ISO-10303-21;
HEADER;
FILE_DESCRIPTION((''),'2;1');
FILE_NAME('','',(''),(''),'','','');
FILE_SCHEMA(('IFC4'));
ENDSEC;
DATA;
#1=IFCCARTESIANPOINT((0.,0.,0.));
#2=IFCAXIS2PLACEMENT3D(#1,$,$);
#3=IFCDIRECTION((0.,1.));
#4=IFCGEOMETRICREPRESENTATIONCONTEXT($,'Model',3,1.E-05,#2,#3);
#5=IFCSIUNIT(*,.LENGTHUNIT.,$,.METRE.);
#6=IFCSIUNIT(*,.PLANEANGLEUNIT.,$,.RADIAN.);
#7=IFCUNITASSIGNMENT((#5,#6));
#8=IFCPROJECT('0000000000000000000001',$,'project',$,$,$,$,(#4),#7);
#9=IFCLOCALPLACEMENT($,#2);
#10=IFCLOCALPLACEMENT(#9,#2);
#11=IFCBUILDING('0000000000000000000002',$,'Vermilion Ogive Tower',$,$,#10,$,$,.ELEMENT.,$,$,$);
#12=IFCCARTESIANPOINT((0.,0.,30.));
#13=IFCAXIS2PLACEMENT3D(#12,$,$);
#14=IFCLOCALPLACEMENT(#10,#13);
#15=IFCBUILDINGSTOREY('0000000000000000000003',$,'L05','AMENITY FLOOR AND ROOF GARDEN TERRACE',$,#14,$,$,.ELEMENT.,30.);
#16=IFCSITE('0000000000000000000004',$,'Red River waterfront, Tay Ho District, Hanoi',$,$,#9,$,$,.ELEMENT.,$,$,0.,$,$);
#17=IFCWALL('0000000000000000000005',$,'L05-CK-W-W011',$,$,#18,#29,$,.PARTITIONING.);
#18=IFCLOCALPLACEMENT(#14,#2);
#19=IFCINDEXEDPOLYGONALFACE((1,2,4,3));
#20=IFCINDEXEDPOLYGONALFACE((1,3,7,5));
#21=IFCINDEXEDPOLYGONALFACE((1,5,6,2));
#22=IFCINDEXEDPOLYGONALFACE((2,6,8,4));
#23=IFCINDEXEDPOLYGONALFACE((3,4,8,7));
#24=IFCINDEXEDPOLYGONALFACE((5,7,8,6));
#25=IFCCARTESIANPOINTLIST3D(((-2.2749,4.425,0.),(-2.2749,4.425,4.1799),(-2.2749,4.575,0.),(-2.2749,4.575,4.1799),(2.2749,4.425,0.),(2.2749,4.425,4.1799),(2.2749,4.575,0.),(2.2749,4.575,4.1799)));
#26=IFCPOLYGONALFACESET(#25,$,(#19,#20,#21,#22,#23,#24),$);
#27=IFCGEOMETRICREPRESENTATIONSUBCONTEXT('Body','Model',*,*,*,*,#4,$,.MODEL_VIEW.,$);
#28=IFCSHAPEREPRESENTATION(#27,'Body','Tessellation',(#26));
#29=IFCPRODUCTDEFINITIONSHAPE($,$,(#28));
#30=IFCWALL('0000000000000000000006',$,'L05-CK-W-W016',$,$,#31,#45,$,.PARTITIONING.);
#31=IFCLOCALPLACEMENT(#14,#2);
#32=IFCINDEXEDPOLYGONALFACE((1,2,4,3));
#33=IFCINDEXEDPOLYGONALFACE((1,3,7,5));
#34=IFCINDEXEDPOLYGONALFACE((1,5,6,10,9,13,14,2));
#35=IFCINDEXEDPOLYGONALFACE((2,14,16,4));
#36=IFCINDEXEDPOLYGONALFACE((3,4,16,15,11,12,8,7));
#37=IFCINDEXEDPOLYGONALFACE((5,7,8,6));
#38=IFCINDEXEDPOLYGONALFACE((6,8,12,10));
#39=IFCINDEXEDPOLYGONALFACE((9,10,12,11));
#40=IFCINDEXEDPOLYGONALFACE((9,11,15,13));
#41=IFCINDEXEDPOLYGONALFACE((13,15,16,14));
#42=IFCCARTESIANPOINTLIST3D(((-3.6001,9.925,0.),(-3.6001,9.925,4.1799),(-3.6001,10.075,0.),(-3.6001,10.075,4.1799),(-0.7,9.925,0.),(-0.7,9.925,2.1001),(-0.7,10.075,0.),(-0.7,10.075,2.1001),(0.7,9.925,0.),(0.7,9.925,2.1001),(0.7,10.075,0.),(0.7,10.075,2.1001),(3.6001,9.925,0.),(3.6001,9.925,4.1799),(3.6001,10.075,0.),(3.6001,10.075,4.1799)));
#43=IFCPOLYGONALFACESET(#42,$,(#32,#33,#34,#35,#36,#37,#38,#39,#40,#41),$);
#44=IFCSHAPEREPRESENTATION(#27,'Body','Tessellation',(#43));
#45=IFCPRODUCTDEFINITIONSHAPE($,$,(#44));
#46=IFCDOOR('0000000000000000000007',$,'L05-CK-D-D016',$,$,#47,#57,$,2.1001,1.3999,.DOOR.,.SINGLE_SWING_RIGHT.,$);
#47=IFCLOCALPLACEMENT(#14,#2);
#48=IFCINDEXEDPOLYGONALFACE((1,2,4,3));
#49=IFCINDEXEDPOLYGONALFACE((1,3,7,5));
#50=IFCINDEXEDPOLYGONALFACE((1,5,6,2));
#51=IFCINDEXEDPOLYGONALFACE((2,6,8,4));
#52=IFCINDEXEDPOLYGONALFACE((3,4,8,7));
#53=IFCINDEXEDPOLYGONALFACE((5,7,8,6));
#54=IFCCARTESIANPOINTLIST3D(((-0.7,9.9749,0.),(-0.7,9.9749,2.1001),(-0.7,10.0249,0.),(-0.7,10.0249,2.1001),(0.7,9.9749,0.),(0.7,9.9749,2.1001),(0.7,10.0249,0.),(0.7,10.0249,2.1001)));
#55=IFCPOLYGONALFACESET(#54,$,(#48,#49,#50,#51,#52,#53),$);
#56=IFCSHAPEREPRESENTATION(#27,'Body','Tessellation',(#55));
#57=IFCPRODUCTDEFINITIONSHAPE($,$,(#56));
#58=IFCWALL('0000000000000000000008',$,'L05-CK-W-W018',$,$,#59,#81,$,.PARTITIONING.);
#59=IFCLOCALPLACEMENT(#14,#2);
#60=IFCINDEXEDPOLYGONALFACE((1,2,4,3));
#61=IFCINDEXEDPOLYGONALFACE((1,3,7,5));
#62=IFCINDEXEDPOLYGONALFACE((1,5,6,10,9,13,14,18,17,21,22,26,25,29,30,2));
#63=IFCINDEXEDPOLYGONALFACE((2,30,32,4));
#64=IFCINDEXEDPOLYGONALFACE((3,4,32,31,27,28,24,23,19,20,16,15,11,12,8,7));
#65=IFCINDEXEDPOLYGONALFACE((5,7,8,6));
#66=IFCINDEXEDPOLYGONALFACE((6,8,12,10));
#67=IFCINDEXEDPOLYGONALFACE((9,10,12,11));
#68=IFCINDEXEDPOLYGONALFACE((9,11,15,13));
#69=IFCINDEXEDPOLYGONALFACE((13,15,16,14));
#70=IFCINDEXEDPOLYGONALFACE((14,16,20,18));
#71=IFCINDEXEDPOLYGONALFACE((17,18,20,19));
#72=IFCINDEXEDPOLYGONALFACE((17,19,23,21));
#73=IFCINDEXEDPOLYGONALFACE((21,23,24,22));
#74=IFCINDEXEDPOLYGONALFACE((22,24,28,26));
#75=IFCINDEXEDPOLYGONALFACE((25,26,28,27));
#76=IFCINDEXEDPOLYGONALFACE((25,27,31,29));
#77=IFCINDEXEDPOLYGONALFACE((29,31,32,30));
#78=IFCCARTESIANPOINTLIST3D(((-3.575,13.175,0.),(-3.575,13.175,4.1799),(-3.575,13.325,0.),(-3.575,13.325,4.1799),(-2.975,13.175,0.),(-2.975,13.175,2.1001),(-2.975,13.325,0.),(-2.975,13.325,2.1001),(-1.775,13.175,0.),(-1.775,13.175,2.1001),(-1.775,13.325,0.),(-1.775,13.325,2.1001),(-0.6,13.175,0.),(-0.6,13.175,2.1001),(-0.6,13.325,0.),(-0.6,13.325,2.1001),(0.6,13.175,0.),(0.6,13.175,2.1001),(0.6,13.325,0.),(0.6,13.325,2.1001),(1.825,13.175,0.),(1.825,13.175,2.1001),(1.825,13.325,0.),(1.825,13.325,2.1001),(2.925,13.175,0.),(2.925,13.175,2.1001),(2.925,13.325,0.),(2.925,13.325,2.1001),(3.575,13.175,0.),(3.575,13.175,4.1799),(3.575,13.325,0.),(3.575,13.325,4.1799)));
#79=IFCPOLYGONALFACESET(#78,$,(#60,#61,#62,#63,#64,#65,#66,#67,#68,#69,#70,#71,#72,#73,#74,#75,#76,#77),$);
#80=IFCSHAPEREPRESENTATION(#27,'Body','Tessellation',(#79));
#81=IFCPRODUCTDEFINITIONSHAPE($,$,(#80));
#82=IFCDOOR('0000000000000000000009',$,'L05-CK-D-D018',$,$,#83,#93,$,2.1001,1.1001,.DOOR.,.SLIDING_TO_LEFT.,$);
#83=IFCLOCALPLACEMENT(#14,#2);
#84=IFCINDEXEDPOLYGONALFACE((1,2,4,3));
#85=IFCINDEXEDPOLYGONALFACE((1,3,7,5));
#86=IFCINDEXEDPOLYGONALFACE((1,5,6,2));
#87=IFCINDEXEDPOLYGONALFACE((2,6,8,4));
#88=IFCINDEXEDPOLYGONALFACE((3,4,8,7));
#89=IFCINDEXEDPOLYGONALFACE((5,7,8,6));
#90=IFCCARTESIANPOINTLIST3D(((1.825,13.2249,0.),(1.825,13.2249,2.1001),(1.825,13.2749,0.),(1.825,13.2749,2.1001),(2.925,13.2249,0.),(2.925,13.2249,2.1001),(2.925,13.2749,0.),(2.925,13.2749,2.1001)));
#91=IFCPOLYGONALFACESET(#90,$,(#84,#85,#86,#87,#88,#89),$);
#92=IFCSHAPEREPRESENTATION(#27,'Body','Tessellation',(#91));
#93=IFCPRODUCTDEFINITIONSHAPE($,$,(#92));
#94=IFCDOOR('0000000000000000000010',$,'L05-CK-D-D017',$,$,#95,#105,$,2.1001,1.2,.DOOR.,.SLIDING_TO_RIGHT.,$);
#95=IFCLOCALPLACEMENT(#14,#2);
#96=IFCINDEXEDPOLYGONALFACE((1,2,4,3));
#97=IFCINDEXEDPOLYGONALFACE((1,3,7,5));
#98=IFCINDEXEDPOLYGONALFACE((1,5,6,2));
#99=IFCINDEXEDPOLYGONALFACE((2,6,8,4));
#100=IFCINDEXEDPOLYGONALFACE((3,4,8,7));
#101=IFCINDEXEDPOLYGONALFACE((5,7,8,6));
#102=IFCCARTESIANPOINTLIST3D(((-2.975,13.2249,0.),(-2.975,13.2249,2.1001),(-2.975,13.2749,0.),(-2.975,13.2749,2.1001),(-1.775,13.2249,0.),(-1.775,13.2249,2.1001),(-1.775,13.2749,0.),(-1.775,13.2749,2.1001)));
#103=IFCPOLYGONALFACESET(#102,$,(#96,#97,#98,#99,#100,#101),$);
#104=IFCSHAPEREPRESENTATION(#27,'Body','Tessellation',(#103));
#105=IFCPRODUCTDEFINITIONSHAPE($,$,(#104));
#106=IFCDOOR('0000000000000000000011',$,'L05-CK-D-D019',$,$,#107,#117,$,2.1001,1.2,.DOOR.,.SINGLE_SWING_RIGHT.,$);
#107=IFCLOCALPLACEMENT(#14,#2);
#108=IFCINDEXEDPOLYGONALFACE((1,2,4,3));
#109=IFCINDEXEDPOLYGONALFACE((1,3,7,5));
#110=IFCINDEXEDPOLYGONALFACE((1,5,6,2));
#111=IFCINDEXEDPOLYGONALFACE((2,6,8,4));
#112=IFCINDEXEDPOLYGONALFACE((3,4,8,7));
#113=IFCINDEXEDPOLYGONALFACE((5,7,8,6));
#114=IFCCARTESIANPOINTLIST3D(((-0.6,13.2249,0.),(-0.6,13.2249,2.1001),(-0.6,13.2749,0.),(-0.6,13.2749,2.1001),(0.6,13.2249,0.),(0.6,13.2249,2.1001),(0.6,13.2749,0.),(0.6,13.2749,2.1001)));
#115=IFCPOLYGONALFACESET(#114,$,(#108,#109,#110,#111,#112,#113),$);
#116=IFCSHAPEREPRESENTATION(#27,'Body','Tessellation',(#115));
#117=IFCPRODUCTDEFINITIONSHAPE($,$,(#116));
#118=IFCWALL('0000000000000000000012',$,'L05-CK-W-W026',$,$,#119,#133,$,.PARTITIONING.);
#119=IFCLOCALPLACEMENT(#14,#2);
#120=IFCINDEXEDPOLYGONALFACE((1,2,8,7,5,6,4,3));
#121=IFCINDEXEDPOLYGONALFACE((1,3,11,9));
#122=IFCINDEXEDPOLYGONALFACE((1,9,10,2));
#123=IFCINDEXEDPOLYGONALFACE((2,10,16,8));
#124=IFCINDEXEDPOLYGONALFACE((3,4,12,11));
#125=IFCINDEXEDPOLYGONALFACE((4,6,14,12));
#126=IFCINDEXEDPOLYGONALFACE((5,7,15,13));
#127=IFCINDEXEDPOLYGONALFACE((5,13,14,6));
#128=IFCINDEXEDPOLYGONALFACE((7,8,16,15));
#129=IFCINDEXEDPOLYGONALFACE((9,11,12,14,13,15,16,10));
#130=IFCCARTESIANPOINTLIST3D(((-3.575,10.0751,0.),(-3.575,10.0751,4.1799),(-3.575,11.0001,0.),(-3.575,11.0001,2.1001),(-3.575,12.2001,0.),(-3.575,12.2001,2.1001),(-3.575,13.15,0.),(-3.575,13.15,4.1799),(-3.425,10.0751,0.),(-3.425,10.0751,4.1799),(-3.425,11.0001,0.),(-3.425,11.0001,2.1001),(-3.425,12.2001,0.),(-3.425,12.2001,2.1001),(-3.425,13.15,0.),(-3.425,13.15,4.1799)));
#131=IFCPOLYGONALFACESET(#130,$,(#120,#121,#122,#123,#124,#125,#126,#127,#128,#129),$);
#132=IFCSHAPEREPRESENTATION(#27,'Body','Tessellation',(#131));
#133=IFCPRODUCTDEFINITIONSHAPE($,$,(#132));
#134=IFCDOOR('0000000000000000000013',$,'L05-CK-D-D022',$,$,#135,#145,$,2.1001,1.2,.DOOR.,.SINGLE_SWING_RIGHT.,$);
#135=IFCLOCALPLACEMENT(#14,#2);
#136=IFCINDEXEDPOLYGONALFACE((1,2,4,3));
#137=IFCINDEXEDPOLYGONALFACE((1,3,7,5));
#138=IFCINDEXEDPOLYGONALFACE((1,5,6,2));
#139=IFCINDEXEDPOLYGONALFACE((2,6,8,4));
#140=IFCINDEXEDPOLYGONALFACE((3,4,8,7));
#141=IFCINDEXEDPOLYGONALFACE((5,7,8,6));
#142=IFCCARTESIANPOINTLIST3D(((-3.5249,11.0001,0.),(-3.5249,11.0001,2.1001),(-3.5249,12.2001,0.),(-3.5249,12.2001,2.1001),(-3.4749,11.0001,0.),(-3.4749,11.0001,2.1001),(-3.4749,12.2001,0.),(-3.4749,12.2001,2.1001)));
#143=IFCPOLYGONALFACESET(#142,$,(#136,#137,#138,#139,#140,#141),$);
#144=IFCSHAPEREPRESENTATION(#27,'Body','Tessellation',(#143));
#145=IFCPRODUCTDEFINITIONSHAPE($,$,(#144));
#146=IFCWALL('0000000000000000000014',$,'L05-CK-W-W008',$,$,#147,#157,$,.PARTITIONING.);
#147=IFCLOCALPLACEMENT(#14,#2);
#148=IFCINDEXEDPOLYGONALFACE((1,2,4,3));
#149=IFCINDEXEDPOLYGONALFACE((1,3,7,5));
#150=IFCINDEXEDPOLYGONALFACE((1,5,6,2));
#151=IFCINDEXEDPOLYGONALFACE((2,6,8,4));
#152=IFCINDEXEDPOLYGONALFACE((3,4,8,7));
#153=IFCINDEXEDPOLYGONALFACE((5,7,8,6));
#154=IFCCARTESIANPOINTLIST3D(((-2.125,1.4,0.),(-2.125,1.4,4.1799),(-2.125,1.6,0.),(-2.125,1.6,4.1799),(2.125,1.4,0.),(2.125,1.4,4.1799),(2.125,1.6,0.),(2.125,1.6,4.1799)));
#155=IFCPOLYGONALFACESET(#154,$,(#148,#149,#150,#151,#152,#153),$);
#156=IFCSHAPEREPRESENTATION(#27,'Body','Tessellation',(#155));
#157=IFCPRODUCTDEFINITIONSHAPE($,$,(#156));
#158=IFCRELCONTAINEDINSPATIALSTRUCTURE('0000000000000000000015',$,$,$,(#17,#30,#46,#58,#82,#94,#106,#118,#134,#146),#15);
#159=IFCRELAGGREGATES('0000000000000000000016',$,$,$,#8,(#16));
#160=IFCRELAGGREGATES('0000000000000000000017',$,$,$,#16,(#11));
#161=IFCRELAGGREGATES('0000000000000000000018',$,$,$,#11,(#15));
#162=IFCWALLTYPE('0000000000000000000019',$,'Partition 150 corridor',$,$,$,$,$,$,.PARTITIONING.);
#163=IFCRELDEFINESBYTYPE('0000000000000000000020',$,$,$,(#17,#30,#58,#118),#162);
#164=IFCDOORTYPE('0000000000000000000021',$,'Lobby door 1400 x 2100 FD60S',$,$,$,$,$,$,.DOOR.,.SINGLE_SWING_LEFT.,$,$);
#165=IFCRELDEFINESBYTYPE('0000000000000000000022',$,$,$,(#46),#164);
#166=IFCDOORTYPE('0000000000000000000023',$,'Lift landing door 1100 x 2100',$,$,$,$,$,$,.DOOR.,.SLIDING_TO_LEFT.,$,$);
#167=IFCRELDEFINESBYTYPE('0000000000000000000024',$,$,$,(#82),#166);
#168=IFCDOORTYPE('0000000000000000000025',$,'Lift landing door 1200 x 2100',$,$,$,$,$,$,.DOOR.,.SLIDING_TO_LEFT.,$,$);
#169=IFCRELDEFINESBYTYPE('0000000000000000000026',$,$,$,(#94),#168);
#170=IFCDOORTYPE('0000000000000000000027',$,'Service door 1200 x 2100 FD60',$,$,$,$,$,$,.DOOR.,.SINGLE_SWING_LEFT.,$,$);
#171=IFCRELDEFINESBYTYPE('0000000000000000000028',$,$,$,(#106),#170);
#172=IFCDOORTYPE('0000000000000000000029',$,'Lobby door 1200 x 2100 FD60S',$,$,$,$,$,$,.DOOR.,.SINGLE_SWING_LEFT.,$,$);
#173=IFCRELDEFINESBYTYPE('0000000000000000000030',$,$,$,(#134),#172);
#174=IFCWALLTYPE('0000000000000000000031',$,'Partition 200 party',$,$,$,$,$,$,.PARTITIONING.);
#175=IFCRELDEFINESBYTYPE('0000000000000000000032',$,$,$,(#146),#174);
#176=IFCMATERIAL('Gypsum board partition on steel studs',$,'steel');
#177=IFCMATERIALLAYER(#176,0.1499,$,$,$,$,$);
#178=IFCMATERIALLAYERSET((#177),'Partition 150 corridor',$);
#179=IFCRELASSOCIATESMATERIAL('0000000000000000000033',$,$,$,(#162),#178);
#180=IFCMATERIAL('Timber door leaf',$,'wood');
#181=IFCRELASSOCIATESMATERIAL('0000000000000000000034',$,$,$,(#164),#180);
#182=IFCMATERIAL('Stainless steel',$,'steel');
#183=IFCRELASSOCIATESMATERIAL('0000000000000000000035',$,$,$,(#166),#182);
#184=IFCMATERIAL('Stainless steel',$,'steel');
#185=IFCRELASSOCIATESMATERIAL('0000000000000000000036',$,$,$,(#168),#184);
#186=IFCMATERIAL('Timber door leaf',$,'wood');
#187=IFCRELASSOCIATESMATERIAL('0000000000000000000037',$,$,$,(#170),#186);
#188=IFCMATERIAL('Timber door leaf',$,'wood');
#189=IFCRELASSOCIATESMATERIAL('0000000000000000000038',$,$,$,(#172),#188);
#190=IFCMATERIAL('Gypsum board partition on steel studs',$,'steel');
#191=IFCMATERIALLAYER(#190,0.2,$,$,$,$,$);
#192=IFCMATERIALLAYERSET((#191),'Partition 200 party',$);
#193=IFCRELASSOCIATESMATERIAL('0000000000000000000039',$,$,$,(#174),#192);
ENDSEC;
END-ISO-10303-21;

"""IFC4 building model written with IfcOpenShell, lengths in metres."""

from ifc_helpers import new_model, si_unit, direction, frame, frame_2d, origin, place, context, subcontext, project, spatial, rectangle, extrude, material, layer, layer_set, type_object, element, fill, save


model = new_model("IFC4")

# Units and contexts
model_context = context("Model", 3, precision=1e-05, world=origin(), true_north=direction((0.0, 1.0)))
body_context = subcontext(model_context, "Body", "Model", "MODEL_VIEW")
ifc_project = project(units=[si_unit("LENGTHUNIT", "METRE"), si_unit("PLANEANGLEUNIT", "RADIAN")], contexts=[model_context])

# Site, building, storey
site_placement = place(None, origin())
site = spatial("IfcSite", under=ifc_project, at=site_placement, Name="Red River waterfront, Tay Ho District, Hanoi", CompositionType="ELEMENT", RefElevation=0.0)
building_placement = place(site_placement, origin())
building = spatial("IfcBuilding", under=site, at=building_placement, Name="Vermilion Ogive Tower", CompositionType="ELEMENT")
storey_placement = place(building_placement, frame((0.0, 0.0, 30.0)))
storey = spatial("IfcBuildingStorey", under=building, at=storey_placement, Name="L05", Description="AMENITY FLOOR AND ROOF GARDEN TERRACE", CompositionType="ELEMENT", Elevation=30.0)

# Wall
ifc_material_1 = material(Name="Gypsum board partition on steel studs", Category="steel")
ifc_layer_1 = layer(ifc_material_1, 0.1499)
ifc_layer_set_1 = layer_set([ifc_layer_1], Name="Partition 150 corridor")
wall_type_1 = type_object("IfcWallType", Name="Partition 150 corridor", PredefinedType="PARTITIONING", material=ifc_layer_set_1)
wall_1_placement = place(storey_placement, frame((-2.2749, 4.5, 0.0), z_axis=(0.0, 0.0, 1.0), x_axis=(1.0, 0.0, 0.0)))
element("IfcWall", 1, at=wall_1_placement, inside=storey, type_object=wall_type_1, Name="L05-CK-W-W011", PredefinedType="PARTITIONING", context=body_context, shape_type="SweptSolid", body=[
    extrude(rectangle(XDim=4.5498, YDim=0.1499, at=frame_2d((2.2749, 0.0))), origin(), (0.0, 0.0, 1.0), 4.1799),
])

# Wall, opening, door
wall_2_placement = place(storey_placement, frame((-3.6001, 10.0, 0.0), z_axis=(0.0, 0.0, 1.0), x_axis=(1.0, 0.0, 0.0)))
wall_2 = element("IfcWall", 2, at=wall_2_placement, inside=storey, type_object=wall_type_1, Name="L05-CK-W-W016", PredefinedType="PARTITIONING", context=body_context, shape_type="SweptSolid", body=[
    extrude(rectangle(XDim=7.2002, YDim=0.1499, at=frame_2d((3.6001, 0.0))), origin(), (0.0, 0.0, 1.0), 4.1799),
])
opening_1_placement = place(wall_2_placement, frame((2.9001, 0.0, 0.0)))
opening_1 = element("IfcOpeningElement", 3, at=opening_1_placement, cuts=wall_2, PredefinedType="OPENING", context=body_context, shape_type="SweptSolid", body=[
    extrude(rectangle(XDim=1.3999, YDim=2.1001, at=frame_2d((0.7, 1.05))), frame((0.0, 0.085, 0.0), z_axis=(0.0, -1.0, 0.0), x_axis=(1.0, 0.0, 0.0)), (0.0, 0.0, 1.0), 0.1699),
])
ifc_material_2 = material(Name="Timber door leaf", Category="wood")
door_type_1 = type_object("IfcDoorType", Name="Lobby door 1400 x 2100 FD60S", OperationType="SINGLE_SWING_LEFT", PredefinedType="DOOR", material=ifc_material_2)
door_1_placement = place(opening_1_placement, origin())
door_1 = element("IfcDoor", 4, at=door_1_placement, inside=storey, type_object=door_type_1, Name="L05-CK-D-D016", OperationType="SINGLE_SWING_RIGHT", OverallHeight=2.1001, OverallWidth=1.3999, PredefinedType="DOOR", context=body_context, shape_type="SweptSolid", body=[
    extrude(rectangle(XDim=1.3999, YDim=2.1001, at=frame_2d((0.7, 1.05))), frame((0.0, 0.0249, 0.0), z_axis=(0.0, -1.0, 0.0), x_axis=(1.0, 0.0, 0.0)), (0.0, 0.0, 1.0), 0.05),
])
fill(opening_1, door_1)

# Wall, openings, doors
wall_3_placement = place(storey_placement, frame((-3.575, 13.25, 0.0), z_axis=(0.0, 0.0, 1.0), x_axis=(1.0, 0.0, 0.0)))
wall_3 = element("IfcWall", 5, at=wall_3_placement, inside=storey, type_object=wall_type_1, Name="L05-CK-W-W018", PredefinedType="PARTITIONING", context=body_context, shape_type="SweptSolid", body=[
    extrude(rectangle(XDim=7.1499, YDim=0.1499, at=frame_2d((3.575, 0.0))), origin(), (0.0, 0.0, 1.0), 4.1799),
])
opening_2_placement = place(wall_3_placement, frame((0.5999, 0.0, 0.0)))
opening_2 = element("IfcOpeningElement", 6, at=opening_2_placement, cuts=wall_3, PredefinedType="OPENING", context=body_context, shape_type="SweptSolid", body=[
    extrude(rectangle(XDim=1.2, YDim=2.1001, at=frame_2d((0.6001, 1.05))), frame((0.0, 0.085, 0.0), z_axis=(0.0, -1.0, 0.0), x_axis=(1.0, 0.0, 0.0)), (0.0, 0.0, 1.0), 0.1699),
])
opening_3_placement = place(wall_3_placement, frame((5.3999, 0.0, 0.0)))
opening_3 = element("IfcOpeningElement", 7, at=opening_3_placement, cuts=wall_3, PredefinedType="OPENING", context=body_context, shape_type="SweptSolid", body=[
    extrude(rectangle(XDim=1.1001, YDim=2.1001, at=frame_2d((0.55, 1.05))), frame((0.0, 0.085, 0.0), z_axis=(0.0, -1.0, 0.0), x_axis=(1.0, 0.0, 0.0)), (0.0, 0.0, 1.0), 0.1699),
])
opening_4_placement = place(wall_3_placement, frame((2.9749, 0.0, 0.0)))
opening_4 = element("IfcOpeningElement", 8, at=opening_4_placement, cuts=wall_3, PredefinedType="OPENING", context=body_context, shape_type="SweptSolid", body=[
    extrude(rectangle(XDim=1.2, YDim=2.1001, at=frame_2d((0.6001, 1.05))), frame((0.0, 0.085, 0.0), z_axis=(0.0, -1.0, 0.0), x_axis=(1.0, 0.0, 0.0)), (0.0, 0.0, 1.0), 0.1699),
])
ifc_material_3 = material(Name="Stainless steel", Category="steel")
door_type_2 = type_object("IfcDoorType", Name="Lift landing door 1100 x 2100", OperationType="SLIDING_TO_LEFT", PredefinedType="DOOR", material=ifc_material_3)
door_2_placement = place(opening_3_placement, origin())
door_2 = element("IfcDoor", 9, at=door_2_placement, inside=storey, type_object=door_type_2, Name="L05-CK-D-D018", OperationType="SLIDING_TO_LEFT", OverallHeight=2.1001, OverallWidth=1.1001, PredefinedType="DOOR", context=body_context, shape_type="SweptSolid", body=[
    extrude(rectangle(XDim=1.1001, YDim=2.1001, at=frame_2d((0.55, 1.05))), frame((0.0, 0.0249, 0.0), z_axis=(0.0, -1.0, 0.0), x_axis=(1.0, 0.0, 0.0)), (0.0, 0.0, 1.0), 0.05),
])
fill(opening_3, door_2)
ifc_material_4 = material(Name="Stainless steel", Category="steel")
door_type_3 = type_object("IfcDoorType", Name="Lift landing door 1200 x 2100", OperationType="SLIDING_TO_LEFT", PredefinedType="DOOR", material=ifc_material_4)
door_3_placement = place(opening_2_placement, origin())
door_3 = element("IfcDoor", 10, at=door_3_placement, inside=storey, type_object=door_type_3, Name="L05-CK-D-D017", OperationType="SLIDING_TO_RIGHT", OverallHeight=2.1001, OverallWidth=1.2, PredefinedType="DOOR", context=body_context, shape_type="SweptSolid", body=[
    extrude(rectangle(XDim=1.2, YDim=2.1001, at=frame_2d((0.6001, 1.05))), frame((0.0, 0.0249, 0.0), z_axis=(0.0, -1.0, 0.0), x_axis=(1.0, 0.0, 0.0)), (0.0, 0.0, 1.0), 0.05),
])
fill(opening_2, door_3)
ifc_material_5 = material(Name="Timber door leaf", Category="wood")
door_type_4 = type_object("IfcDoorType", Name="Service door 1200 x 2100 FD60", OperationType="SINGLE_SWING_LEFT", PredefinedType="DOOR", material=ifc_material_5)
door_4_placement = place(opening_4_placement, origin())
door_4 = element("IfcDoor", 11, at=door_4_placement, inside=storey, type_object=door_type_4, Name="L05-CK-D-D019", OperationType="SINGLE_SWING_RIGHT", OverallHeight=2.1001, OverallWidth=1.2, PredefinedType="DOOR", context=body_context, shape_type="SweptSolid", body=[
    extrude(rectangle(XDim=1.2, YDim=2.1001, at=frame_2d((0.6001, 1.05))), frame((0.0, 0.0249, 0.0), z_axis=(0.0, -1.0, 0.0), x_axis=(1.0, 0.0, 0.0)), (0.0, 0.0, 1.0), 0.05),
])
fill(opening_4, door_4)

# Wall, opening, door
wall_4_placement = place(storey_placement, frame((-3.5, 10.075, 0.0), z_axis=(0.0, 0.0, 1.0), x_axis=(0.0, 1.0, 0.0)))
wall_4 = element("IfcWall", 12, at=wall_4_placement, inside=storey, type_object=wall_type_1, Name="L05-CK-W-W026", PredefinedType="PARTITIONING", context=body_context, shape_type="SweptSolid", body=[
    extrude(rectangle(XDim=3.075, YDim=0.1499, at=frame_2d((1.5376, 0.0))), origin(), (0.0, 0.0, 1.0), 4.1799),
])
opening_5_placement = place(wall_4_placement, frame((0.925, 0.0, 0.0)))
opening_5 = element("IfcOpeningElement", 13, at=opening_5_placement, cuts=wall_4, PredefinedType="OPENING", context=body_context, shape_type="SweptSolid", body=[
    extrude(rectangle(XDim=1.2, YDim=2.1001, at=frame_2d((0.6001, 1.05))), frame((0.0, 0.085, 0.0), z_axis=(0.0, -1.0, 0.0), x_axis=(1.0, 0.0, 0.0)), (0.0, 0.0, 1.0), 0.1699),
])
ifc_material_6 = material(Name="Timber door leaf", Category="wood")
door_type_5 = type_object("IfcDoorType", Name="Lobby door 1200 x 2100 FD60S", OperationType="SINGLE_SWING_LEFT", PredefinedType="DOOR", material=ifc_material_6)
door_5_placement = place(opening_5_placement, origin())
door_5 = element("IfcDoor", 14, at=door_5_placement, inside=storey, type_object=door_type_5, Name="L05-CK-D-D022", OperationType="SINGLE_SWING_RIGHT", OverallHeight=2.1001, OverallWidth=1.2, PredefinedType="DOOR", context=body_context, shape_type="SweptSolid", body=[
    extrude(rectangle(XDim=1.2, YDim=2.1001, at=frame_2d((0.6001, 1.05))), frame((0.0, 0.0249, 0.0), z_axis=(0.0, -1.0, 0.0), x_axis=(1.0, 0.0, 0.0)), (0.0, 0.0, 1.0), 0.05),
])
fill(opening_5, door_5)

# Wall
ifc_material_7 = material(Name="Gypsum board partition on steel studs", Category="steel")
ifc_layer_2 = layer(ifc_material_7, 0.2)
ifc_layer_set_2 = layer_set([ifc_layer_2], Name="Partition 200 party")
wall_type_2 = type_object("IfcWallType", Name="Partition 200 party", PredefinedType="PARTITIONING", material=ifc_layer_set_2)
wall_5_placement = place(storey_placement, frame((-2.125, 1.5, 0.0), z_axis=(0.0, 0.0, 1.0), x_axis=(1.0, 0.0, 0.0)))
element("IfcWall", 15, at=wall_5_placement, inside=storey, type_object=wall_type_2, Name="L05-CK-W-W008", PredefinedType="PARTITIONING", context=body_context, shape_type="SweptSolid", body=[
    extrude(rectangle(XDim=4.25, YDim=0.2, at=frame_2d((2.125, 0.0))), origin(), (0.0, 0.0, 1.0), 4.1799),
])

save(model, "model.ifc")
